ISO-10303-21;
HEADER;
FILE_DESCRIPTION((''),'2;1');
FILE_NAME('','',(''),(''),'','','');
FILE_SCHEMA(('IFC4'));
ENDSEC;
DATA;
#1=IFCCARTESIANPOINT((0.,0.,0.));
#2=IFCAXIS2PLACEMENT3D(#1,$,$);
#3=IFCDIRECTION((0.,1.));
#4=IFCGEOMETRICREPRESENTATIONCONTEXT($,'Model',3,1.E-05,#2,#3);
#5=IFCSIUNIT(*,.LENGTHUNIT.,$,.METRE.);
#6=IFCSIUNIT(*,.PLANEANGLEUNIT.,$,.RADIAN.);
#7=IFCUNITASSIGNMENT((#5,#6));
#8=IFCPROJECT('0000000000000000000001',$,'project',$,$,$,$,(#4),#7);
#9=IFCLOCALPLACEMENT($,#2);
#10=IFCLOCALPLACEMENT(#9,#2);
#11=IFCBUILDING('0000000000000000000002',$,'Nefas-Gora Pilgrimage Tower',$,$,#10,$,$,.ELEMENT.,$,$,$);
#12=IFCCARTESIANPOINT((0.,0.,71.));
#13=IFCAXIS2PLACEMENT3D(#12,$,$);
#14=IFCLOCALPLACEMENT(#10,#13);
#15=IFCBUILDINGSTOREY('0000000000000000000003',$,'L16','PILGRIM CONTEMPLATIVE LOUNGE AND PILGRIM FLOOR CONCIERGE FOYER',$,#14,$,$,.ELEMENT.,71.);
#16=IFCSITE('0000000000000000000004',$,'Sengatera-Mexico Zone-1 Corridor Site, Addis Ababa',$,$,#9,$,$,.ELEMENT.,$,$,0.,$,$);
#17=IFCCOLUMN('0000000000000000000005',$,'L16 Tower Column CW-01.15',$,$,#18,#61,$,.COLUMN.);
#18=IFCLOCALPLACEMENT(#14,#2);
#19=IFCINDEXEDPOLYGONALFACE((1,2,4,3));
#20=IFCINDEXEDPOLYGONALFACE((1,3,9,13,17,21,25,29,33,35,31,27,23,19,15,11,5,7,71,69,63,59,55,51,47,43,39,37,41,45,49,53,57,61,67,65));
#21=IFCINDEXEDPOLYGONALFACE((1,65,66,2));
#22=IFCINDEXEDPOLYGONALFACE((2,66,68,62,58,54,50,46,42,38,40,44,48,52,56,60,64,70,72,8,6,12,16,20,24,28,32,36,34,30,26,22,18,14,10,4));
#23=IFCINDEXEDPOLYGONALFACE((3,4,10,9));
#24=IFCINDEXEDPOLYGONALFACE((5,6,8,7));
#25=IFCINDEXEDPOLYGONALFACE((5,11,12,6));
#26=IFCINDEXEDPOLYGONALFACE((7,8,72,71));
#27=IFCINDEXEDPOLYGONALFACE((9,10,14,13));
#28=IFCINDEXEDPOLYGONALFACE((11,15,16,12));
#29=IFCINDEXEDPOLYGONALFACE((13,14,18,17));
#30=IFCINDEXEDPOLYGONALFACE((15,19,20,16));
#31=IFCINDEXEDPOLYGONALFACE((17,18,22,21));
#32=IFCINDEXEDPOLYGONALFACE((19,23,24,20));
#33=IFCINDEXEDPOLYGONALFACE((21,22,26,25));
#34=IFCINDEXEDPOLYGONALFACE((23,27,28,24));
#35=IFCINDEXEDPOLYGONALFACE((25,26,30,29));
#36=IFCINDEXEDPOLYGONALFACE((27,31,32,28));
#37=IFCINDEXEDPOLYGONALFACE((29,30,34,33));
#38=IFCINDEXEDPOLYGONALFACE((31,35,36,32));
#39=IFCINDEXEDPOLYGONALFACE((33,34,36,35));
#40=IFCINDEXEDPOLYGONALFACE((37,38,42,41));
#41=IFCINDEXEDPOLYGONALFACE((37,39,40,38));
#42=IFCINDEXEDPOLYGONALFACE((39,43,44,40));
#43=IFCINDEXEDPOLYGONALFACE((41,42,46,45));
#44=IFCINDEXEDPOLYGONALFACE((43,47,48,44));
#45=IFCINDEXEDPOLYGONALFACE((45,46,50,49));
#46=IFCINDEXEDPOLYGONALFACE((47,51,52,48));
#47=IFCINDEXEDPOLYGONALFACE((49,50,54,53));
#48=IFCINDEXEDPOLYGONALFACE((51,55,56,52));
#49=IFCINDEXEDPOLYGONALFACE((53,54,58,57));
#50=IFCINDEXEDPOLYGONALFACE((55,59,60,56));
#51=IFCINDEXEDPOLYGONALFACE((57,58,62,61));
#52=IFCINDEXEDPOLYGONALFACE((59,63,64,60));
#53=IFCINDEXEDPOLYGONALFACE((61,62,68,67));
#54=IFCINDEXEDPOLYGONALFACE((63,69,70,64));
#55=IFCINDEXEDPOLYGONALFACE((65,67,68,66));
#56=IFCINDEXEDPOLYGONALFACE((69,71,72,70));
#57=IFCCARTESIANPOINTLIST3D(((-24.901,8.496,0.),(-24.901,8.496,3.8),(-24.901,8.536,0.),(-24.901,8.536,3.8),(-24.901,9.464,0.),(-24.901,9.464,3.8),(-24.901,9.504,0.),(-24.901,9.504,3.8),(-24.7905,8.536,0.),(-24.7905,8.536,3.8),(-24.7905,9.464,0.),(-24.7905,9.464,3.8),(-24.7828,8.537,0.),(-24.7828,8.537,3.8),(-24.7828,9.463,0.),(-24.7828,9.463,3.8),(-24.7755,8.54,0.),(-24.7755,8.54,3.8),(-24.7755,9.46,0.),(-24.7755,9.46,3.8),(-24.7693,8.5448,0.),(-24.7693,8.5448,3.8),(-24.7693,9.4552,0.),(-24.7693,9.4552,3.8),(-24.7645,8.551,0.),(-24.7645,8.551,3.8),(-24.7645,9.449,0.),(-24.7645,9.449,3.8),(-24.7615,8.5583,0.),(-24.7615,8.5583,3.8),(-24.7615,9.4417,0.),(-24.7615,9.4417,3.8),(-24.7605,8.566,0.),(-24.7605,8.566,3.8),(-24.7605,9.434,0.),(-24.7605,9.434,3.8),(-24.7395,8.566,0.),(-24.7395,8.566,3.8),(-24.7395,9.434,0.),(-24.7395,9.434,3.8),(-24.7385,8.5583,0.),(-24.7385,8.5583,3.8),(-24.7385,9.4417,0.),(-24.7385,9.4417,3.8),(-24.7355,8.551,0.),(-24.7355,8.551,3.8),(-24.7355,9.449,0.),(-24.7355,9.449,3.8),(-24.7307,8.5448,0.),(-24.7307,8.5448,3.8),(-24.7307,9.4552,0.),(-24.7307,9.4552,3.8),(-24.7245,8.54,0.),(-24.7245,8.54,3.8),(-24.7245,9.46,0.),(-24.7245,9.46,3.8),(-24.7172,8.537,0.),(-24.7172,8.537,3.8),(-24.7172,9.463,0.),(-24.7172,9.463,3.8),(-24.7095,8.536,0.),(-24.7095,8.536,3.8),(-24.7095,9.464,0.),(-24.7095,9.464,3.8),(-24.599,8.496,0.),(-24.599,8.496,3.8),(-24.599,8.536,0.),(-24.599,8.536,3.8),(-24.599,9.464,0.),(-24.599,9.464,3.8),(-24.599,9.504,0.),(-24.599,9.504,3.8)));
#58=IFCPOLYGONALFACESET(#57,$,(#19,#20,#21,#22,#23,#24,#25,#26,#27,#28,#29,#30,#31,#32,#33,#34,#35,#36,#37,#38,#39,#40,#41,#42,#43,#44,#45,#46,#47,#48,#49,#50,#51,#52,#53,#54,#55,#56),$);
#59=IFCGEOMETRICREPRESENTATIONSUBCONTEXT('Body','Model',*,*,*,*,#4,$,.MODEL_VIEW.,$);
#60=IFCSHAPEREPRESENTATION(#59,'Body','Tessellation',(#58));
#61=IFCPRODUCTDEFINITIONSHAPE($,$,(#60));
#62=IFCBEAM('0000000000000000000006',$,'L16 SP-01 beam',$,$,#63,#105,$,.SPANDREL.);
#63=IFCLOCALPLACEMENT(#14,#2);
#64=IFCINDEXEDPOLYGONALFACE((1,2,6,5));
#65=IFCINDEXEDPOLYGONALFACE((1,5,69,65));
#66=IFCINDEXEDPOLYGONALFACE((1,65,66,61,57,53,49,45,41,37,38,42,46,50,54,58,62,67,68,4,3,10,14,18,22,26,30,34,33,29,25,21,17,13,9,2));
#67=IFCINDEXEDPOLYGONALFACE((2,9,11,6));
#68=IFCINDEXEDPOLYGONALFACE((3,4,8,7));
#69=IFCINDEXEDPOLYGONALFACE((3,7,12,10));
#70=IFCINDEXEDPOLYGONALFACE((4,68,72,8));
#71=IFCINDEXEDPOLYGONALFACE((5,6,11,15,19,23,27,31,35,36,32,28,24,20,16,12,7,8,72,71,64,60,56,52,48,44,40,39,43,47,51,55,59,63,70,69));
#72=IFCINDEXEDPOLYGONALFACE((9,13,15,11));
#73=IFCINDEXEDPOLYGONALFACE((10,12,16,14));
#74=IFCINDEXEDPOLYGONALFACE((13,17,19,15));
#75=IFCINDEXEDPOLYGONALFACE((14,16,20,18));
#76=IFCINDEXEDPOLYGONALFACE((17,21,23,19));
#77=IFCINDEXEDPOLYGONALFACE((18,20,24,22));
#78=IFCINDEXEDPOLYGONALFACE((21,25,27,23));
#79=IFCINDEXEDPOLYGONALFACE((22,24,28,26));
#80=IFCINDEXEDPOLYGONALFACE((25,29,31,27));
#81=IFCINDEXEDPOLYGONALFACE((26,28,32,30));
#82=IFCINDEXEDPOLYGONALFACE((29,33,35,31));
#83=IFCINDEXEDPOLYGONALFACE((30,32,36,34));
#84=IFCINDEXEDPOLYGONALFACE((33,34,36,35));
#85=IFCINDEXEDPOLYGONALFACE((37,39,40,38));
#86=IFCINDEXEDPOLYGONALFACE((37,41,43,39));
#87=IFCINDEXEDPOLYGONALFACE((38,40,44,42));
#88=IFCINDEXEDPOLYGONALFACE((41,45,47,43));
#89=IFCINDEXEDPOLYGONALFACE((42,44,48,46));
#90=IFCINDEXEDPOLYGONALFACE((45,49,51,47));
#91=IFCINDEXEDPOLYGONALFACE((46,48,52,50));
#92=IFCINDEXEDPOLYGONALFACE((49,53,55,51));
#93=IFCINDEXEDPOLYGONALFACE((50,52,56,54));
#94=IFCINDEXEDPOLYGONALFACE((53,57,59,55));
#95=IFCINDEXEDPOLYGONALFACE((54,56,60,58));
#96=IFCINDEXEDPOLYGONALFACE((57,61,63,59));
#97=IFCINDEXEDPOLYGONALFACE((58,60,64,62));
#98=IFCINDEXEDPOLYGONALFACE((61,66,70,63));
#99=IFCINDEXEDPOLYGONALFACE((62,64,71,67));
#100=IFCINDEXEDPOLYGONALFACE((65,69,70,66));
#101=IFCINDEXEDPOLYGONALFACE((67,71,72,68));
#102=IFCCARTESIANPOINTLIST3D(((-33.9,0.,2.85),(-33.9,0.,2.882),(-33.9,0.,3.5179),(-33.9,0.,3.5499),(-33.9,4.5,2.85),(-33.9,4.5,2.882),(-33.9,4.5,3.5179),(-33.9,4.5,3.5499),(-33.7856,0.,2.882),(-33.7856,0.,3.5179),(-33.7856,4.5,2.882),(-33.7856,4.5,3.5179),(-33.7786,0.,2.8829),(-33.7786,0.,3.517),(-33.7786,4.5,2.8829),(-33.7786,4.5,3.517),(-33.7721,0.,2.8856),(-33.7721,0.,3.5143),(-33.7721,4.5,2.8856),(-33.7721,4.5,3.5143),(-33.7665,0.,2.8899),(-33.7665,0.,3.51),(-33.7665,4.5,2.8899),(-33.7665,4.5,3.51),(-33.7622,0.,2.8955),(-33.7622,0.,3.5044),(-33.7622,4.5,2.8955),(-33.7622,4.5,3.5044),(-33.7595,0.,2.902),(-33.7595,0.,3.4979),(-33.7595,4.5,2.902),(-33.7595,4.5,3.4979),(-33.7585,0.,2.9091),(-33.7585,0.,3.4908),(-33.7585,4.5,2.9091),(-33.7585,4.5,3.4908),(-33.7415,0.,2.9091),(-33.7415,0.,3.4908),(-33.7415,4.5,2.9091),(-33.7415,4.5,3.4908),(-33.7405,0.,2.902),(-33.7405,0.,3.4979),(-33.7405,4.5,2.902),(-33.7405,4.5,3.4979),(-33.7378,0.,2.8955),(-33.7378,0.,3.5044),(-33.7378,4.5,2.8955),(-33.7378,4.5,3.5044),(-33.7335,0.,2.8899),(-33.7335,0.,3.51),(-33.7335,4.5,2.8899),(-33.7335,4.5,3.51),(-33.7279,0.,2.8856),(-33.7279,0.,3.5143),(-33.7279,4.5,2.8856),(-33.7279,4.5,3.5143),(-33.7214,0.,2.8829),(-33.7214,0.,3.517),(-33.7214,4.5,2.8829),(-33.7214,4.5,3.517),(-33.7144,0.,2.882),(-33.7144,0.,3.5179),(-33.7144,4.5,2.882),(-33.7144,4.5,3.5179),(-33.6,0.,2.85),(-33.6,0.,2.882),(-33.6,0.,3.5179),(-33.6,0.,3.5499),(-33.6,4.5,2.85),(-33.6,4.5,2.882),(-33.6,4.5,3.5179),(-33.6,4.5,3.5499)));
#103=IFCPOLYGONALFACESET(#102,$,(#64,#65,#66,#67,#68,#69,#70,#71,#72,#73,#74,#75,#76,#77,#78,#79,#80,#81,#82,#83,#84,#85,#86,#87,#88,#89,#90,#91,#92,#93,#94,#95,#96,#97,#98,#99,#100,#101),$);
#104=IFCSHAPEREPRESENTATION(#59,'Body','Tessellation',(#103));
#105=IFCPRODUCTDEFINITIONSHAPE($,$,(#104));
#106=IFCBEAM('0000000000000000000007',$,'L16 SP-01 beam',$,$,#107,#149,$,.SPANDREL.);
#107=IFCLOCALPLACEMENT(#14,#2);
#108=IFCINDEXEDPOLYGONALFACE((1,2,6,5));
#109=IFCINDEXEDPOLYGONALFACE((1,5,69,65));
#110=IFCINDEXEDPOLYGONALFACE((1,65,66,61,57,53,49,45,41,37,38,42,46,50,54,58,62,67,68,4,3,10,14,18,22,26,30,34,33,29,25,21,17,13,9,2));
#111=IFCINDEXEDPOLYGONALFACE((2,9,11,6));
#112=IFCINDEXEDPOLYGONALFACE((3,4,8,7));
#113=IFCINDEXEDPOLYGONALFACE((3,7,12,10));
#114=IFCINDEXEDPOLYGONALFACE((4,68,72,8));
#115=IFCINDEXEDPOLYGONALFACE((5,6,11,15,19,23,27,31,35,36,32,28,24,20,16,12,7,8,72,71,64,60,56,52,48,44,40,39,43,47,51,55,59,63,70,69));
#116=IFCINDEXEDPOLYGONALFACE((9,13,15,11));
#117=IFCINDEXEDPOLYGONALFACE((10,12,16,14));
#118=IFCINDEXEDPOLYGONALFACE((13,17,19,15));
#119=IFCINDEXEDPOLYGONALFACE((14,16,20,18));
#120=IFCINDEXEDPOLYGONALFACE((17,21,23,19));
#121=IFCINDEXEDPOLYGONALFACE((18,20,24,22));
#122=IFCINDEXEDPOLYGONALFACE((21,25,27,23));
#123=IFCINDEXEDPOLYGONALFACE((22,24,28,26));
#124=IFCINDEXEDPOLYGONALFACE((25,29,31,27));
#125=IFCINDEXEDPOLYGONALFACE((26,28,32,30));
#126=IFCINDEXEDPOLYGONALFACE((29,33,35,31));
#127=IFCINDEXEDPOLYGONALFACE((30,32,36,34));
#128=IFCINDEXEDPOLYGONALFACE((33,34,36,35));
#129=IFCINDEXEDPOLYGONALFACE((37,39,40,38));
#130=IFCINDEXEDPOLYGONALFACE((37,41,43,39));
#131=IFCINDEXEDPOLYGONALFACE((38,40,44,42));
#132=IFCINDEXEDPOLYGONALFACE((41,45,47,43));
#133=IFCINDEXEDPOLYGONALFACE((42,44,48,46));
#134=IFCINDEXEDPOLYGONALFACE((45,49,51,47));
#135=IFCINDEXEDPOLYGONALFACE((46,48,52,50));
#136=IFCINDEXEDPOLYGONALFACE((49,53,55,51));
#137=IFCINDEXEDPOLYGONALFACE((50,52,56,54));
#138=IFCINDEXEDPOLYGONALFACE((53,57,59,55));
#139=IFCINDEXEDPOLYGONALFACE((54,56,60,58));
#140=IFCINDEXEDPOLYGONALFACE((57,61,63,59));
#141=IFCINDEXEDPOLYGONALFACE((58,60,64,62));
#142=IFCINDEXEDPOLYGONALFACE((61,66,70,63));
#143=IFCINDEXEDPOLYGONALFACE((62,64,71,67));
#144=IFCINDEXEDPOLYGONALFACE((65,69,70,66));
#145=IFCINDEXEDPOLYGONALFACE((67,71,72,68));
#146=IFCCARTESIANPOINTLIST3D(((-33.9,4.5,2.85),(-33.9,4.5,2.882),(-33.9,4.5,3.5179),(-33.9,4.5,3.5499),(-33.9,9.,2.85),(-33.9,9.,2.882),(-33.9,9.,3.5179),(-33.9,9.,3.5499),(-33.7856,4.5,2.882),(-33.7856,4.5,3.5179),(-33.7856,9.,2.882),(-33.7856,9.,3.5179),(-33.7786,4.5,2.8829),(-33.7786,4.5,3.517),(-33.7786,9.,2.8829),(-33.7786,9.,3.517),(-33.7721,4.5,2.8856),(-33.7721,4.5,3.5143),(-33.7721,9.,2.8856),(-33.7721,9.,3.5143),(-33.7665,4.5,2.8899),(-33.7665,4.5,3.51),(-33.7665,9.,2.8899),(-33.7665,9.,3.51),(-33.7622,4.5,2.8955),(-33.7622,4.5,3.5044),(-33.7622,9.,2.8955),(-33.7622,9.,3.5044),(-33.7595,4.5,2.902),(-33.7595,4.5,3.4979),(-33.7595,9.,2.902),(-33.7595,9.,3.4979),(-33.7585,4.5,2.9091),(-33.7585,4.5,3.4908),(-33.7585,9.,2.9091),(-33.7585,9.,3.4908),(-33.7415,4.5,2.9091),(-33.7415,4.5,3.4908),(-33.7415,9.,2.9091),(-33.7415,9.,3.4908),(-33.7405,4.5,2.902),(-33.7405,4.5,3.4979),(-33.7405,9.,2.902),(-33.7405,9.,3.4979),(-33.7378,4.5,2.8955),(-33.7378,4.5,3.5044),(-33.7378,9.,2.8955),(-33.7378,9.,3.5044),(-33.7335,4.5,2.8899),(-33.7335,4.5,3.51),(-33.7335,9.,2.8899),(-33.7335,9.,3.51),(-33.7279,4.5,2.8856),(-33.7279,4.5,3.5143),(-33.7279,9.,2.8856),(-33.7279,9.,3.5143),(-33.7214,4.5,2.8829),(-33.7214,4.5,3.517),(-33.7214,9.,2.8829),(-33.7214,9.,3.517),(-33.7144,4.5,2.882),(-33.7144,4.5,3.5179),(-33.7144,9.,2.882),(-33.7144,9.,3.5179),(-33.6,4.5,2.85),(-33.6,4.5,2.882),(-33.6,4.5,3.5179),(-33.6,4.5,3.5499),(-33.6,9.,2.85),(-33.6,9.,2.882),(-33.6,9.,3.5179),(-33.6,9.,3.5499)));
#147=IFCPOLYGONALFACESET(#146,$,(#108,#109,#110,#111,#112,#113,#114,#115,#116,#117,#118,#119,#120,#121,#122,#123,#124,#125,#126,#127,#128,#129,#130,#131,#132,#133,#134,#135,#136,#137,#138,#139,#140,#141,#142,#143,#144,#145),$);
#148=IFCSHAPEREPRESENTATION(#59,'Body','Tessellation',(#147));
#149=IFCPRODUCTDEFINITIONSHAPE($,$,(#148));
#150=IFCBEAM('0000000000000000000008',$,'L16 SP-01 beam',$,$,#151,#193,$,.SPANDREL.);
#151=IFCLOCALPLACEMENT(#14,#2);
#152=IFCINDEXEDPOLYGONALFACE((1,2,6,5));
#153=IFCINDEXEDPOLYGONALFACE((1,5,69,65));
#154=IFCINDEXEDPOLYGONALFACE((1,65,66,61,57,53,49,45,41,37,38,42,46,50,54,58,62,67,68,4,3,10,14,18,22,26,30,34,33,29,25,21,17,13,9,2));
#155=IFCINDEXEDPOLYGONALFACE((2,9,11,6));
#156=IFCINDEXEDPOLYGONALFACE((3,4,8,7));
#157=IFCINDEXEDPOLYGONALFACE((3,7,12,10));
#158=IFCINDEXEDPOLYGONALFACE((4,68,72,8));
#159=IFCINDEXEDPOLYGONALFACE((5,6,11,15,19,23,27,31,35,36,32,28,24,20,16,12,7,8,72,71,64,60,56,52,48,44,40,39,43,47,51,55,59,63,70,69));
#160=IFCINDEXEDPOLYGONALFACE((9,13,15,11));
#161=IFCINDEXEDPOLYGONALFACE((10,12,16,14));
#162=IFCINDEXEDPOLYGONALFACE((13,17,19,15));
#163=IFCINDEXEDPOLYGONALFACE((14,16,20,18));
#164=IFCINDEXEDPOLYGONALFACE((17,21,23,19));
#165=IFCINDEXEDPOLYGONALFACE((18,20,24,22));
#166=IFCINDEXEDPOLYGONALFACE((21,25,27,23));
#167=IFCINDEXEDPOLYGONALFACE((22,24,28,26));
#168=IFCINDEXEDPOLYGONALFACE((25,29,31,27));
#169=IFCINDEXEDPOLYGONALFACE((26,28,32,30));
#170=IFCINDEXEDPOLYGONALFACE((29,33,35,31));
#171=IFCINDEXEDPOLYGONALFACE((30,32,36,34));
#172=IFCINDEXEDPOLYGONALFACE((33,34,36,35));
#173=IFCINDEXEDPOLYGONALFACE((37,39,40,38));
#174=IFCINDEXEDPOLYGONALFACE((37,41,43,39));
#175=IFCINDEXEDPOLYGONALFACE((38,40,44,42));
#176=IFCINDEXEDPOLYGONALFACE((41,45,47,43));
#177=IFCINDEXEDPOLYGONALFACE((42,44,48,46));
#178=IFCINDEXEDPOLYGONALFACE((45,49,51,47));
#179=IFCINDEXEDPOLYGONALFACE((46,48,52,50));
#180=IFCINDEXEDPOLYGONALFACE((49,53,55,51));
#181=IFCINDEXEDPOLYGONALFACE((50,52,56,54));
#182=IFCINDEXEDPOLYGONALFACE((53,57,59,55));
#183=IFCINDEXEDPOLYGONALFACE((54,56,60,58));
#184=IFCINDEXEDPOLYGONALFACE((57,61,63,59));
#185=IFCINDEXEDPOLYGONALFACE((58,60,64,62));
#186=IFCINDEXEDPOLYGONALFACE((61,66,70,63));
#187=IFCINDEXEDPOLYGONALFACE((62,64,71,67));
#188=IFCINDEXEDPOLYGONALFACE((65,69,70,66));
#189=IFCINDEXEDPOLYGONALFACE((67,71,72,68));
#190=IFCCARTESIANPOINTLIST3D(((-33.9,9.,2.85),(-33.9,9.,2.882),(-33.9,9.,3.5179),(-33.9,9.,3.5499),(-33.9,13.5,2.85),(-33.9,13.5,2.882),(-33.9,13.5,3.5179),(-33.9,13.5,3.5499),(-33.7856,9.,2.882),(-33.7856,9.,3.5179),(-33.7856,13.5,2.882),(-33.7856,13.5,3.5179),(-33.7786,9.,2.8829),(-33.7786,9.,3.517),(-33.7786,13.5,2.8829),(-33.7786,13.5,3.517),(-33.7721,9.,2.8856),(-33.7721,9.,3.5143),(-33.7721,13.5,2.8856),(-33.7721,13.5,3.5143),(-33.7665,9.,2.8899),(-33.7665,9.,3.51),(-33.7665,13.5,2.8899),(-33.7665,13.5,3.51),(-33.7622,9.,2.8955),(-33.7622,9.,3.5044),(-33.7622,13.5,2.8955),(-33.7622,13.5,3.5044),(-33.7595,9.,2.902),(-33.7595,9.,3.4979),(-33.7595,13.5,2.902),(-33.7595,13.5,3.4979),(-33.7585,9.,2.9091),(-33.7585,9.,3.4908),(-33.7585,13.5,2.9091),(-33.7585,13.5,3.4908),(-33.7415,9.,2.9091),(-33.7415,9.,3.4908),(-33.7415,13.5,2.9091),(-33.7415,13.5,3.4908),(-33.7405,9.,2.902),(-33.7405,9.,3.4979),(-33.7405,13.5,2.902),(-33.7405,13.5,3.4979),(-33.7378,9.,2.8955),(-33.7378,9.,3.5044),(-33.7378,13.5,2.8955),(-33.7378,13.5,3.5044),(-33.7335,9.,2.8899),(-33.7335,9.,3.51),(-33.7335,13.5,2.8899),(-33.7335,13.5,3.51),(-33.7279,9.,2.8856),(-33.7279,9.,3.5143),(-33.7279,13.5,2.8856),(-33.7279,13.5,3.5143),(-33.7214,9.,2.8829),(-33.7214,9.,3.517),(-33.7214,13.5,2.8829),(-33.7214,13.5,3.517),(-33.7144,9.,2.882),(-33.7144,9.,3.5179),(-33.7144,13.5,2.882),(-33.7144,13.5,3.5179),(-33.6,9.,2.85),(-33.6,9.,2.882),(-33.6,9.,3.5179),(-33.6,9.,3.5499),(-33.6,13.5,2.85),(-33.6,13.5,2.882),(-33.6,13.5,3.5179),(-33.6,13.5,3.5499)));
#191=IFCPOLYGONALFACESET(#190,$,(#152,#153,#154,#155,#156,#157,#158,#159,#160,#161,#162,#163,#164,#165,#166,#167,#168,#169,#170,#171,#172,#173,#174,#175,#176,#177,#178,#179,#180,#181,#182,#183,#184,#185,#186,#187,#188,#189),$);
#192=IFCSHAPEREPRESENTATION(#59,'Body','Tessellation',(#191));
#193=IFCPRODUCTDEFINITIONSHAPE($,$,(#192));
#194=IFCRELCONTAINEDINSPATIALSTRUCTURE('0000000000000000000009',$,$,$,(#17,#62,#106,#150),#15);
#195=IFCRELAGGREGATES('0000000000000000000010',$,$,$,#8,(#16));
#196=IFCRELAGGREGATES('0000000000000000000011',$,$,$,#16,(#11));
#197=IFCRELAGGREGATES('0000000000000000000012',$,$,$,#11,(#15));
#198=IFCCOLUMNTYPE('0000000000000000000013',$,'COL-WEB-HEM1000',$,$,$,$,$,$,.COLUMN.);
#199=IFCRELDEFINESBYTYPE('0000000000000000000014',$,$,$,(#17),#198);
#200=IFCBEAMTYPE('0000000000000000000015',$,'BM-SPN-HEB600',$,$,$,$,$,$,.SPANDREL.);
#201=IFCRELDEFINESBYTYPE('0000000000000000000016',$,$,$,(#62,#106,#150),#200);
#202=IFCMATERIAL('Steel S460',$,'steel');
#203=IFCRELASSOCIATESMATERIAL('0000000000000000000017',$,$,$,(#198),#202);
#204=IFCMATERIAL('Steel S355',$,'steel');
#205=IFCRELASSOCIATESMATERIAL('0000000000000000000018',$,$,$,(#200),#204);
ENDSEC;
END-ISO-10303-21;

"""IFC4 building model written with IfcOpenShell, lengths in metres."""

from ifc_helpers import new_model, si_unit, direction, frame, origin, origin_2d, place, context, subcontext, project, spatial, i_section, extrude, source, transform, mapped, material, material_profile, profile_set, type_object, element, save


model = new_model("IFC4")

# Units and contexts
model_context = context("Model", 3, precision=1e-05, world=origin(), true_north=direction((0.0, 1.0)))
body_context = subcontext(model_context, "Body", "Model", "MODEL_VIEW")
ifc_project = project(units=[si_unit("LENGTHUNIT", "METRE"), si_unit("PLANEANGLEUNIT", "RADIAN")], contexts=[model_context])

# Site, building, storey
site_placement = place(None, origin())
site = spatial("IfcSite", under=ifc_project, at=site_placement, Name="Sengatera-Mexico Zone-1 Corridor Site, Addis Ababa", CompositionType="ELEMENT", RefElevation=0.0)
building_placement = place(site_placement, origin())
building = spatial("IfcBuilding", under=site, at=building_placement, Name="Nefas-Gora Pilgrimage Tower", CompositionType="ELEMENT")
storey_placement = place(building_placement, frame((0.0, 0.0, 71.0)))
storey = spatial("IfcBuildingStorey", under=building, at=storey_placement, Name="L16", Description="PILGRIM CONTEMPLATIVE LOUNGE AND PILGRIM FLOOR CONCIERGE FOYER", CompositionType="ELEMENT", Elevation=71.0)

# Column
ifc_material_1 = material(Name="Steel S460", Category="steel")
ifc_material_profile_1 = material_profile(ifc_material_1, i_section(OverallWidth=0.302, OverallDepth=1.0081, WebThickness=0.021, FlangeThickness=0.04, FilletRadius=0.03, at=origin_2d()), Name="HEM 1000")
ifc_profile_set_1 = profile_set([ifc_material_profile_1], Name="Steel S460")
column_type_1 = type_object("IfcColumnType", Name="COL-WEB-HEM1000", PredefinedType="COLUMN", material=ifc_profile_set_1)
shared_shape_1 = source(origin(), body_context, "Body", "SweptSolid", [
    extrude(i_section(OverallWidth=0.302, OverallDepth=1.0081, WebThickness=0.021, FlangeThickness=0.04, FilletRadius=0.03, at=origin_2d()), origin(), (0.0, 0.0, 1.0), 3.8),
])
for number, where, z_axis, x_axis, name in (
    (1, (-24.75, 9.0, 0.0), (0.0, 0.0, 1.0), (1.0, 0.0, 0.0), "L16 Tower Column CW-01.15"),
):
    element("IfcColumn", number, at=place(storey_placement, frame(where, z_axis=z_axis, x_axis=x_axis)), inside=storey, type_object=column_type_1, Name=name, PredefinedType="COLUMN", context=body_context, shape_type="MappedRepresentation", body=[
        mapped(shared_shape_1, transform((0.0, 0.0, 0.0), x_axis=(1.0, 0.0, 0.0), y_axis=(0.0, 1.0, 0.0), z_axis=(0.0, 0.0, 1.0), scale=1.0)),
    ])

# Beams
ifc_material_2 = material(Name="Steel S355", Category="steel")
ifc_material_profile_2 = material_profile(ifc_material_2, i_section(OverallWidth=0.3, OverallDepth=0.7, WebThickness=0.0171, FlangeThickness=0.032, FilletRadius=0.0271, at=origin_2d()), Name="HEB 700")
ifc_profile_set_2 = profile_set([ifc_material_profile_2], Name="Steel S355")
beam_type_1 = type_object("IfcBeamType", Name="BM-SPN-HEB600", PredefinedType="SPANDREL", material=ifc_profile_set_2)
shared_shape_2 = source(origin(), body_context, "Body", "SweptSolid", [
    extrude(i_section(OverallWidth=0.3, OverallDepth=0.7, WebThickness=0.0171, FlangeThickness=0.032, FilletRadius=0.0271, at=origin_2d()), origin(), (0.0, 0.0, 1.0), 4.5),
])
for number, where, z_axis, x_axis, name in (
    (2, (-33.75, 0.0, 3.2), (0.0, 1.0, 0.0), (-1.0, 0.0, 0.0), "L16 SP-01 beam"),
    (3, (-33.75, 4.5, 3.2), (0.0, 1.0, 0.0), (-1.0, 0.0, 0.0), "L16 SP-01 beam"),
    (4, (-33.75, 9.0, 3.2), (0.0, 1.0, 0.0), (-1.0, 0.0, 0.0), "L16 SP-01 beam"),
):
    element("IfcBeam", number, at=place(storey_placement, frame(where, z_axis=z_axis, x_axis=x_axis)), inside=storey, type_object=beam_type_1, Name=name, PredefinedType="SPANDREL", context=body_context, shape_type="MappedRepresentation", body=[
        mapped(shared_shape_2, transform((0.0, 0.0, 0.0), x_axis=(1.0, 0.0, 0.0), y_axis=(0.0, 1.0, 0.0), z_axis=(0.0, 0.0, 1.0), scale=1.0)),
    ])

save(model, "model.ifc")
